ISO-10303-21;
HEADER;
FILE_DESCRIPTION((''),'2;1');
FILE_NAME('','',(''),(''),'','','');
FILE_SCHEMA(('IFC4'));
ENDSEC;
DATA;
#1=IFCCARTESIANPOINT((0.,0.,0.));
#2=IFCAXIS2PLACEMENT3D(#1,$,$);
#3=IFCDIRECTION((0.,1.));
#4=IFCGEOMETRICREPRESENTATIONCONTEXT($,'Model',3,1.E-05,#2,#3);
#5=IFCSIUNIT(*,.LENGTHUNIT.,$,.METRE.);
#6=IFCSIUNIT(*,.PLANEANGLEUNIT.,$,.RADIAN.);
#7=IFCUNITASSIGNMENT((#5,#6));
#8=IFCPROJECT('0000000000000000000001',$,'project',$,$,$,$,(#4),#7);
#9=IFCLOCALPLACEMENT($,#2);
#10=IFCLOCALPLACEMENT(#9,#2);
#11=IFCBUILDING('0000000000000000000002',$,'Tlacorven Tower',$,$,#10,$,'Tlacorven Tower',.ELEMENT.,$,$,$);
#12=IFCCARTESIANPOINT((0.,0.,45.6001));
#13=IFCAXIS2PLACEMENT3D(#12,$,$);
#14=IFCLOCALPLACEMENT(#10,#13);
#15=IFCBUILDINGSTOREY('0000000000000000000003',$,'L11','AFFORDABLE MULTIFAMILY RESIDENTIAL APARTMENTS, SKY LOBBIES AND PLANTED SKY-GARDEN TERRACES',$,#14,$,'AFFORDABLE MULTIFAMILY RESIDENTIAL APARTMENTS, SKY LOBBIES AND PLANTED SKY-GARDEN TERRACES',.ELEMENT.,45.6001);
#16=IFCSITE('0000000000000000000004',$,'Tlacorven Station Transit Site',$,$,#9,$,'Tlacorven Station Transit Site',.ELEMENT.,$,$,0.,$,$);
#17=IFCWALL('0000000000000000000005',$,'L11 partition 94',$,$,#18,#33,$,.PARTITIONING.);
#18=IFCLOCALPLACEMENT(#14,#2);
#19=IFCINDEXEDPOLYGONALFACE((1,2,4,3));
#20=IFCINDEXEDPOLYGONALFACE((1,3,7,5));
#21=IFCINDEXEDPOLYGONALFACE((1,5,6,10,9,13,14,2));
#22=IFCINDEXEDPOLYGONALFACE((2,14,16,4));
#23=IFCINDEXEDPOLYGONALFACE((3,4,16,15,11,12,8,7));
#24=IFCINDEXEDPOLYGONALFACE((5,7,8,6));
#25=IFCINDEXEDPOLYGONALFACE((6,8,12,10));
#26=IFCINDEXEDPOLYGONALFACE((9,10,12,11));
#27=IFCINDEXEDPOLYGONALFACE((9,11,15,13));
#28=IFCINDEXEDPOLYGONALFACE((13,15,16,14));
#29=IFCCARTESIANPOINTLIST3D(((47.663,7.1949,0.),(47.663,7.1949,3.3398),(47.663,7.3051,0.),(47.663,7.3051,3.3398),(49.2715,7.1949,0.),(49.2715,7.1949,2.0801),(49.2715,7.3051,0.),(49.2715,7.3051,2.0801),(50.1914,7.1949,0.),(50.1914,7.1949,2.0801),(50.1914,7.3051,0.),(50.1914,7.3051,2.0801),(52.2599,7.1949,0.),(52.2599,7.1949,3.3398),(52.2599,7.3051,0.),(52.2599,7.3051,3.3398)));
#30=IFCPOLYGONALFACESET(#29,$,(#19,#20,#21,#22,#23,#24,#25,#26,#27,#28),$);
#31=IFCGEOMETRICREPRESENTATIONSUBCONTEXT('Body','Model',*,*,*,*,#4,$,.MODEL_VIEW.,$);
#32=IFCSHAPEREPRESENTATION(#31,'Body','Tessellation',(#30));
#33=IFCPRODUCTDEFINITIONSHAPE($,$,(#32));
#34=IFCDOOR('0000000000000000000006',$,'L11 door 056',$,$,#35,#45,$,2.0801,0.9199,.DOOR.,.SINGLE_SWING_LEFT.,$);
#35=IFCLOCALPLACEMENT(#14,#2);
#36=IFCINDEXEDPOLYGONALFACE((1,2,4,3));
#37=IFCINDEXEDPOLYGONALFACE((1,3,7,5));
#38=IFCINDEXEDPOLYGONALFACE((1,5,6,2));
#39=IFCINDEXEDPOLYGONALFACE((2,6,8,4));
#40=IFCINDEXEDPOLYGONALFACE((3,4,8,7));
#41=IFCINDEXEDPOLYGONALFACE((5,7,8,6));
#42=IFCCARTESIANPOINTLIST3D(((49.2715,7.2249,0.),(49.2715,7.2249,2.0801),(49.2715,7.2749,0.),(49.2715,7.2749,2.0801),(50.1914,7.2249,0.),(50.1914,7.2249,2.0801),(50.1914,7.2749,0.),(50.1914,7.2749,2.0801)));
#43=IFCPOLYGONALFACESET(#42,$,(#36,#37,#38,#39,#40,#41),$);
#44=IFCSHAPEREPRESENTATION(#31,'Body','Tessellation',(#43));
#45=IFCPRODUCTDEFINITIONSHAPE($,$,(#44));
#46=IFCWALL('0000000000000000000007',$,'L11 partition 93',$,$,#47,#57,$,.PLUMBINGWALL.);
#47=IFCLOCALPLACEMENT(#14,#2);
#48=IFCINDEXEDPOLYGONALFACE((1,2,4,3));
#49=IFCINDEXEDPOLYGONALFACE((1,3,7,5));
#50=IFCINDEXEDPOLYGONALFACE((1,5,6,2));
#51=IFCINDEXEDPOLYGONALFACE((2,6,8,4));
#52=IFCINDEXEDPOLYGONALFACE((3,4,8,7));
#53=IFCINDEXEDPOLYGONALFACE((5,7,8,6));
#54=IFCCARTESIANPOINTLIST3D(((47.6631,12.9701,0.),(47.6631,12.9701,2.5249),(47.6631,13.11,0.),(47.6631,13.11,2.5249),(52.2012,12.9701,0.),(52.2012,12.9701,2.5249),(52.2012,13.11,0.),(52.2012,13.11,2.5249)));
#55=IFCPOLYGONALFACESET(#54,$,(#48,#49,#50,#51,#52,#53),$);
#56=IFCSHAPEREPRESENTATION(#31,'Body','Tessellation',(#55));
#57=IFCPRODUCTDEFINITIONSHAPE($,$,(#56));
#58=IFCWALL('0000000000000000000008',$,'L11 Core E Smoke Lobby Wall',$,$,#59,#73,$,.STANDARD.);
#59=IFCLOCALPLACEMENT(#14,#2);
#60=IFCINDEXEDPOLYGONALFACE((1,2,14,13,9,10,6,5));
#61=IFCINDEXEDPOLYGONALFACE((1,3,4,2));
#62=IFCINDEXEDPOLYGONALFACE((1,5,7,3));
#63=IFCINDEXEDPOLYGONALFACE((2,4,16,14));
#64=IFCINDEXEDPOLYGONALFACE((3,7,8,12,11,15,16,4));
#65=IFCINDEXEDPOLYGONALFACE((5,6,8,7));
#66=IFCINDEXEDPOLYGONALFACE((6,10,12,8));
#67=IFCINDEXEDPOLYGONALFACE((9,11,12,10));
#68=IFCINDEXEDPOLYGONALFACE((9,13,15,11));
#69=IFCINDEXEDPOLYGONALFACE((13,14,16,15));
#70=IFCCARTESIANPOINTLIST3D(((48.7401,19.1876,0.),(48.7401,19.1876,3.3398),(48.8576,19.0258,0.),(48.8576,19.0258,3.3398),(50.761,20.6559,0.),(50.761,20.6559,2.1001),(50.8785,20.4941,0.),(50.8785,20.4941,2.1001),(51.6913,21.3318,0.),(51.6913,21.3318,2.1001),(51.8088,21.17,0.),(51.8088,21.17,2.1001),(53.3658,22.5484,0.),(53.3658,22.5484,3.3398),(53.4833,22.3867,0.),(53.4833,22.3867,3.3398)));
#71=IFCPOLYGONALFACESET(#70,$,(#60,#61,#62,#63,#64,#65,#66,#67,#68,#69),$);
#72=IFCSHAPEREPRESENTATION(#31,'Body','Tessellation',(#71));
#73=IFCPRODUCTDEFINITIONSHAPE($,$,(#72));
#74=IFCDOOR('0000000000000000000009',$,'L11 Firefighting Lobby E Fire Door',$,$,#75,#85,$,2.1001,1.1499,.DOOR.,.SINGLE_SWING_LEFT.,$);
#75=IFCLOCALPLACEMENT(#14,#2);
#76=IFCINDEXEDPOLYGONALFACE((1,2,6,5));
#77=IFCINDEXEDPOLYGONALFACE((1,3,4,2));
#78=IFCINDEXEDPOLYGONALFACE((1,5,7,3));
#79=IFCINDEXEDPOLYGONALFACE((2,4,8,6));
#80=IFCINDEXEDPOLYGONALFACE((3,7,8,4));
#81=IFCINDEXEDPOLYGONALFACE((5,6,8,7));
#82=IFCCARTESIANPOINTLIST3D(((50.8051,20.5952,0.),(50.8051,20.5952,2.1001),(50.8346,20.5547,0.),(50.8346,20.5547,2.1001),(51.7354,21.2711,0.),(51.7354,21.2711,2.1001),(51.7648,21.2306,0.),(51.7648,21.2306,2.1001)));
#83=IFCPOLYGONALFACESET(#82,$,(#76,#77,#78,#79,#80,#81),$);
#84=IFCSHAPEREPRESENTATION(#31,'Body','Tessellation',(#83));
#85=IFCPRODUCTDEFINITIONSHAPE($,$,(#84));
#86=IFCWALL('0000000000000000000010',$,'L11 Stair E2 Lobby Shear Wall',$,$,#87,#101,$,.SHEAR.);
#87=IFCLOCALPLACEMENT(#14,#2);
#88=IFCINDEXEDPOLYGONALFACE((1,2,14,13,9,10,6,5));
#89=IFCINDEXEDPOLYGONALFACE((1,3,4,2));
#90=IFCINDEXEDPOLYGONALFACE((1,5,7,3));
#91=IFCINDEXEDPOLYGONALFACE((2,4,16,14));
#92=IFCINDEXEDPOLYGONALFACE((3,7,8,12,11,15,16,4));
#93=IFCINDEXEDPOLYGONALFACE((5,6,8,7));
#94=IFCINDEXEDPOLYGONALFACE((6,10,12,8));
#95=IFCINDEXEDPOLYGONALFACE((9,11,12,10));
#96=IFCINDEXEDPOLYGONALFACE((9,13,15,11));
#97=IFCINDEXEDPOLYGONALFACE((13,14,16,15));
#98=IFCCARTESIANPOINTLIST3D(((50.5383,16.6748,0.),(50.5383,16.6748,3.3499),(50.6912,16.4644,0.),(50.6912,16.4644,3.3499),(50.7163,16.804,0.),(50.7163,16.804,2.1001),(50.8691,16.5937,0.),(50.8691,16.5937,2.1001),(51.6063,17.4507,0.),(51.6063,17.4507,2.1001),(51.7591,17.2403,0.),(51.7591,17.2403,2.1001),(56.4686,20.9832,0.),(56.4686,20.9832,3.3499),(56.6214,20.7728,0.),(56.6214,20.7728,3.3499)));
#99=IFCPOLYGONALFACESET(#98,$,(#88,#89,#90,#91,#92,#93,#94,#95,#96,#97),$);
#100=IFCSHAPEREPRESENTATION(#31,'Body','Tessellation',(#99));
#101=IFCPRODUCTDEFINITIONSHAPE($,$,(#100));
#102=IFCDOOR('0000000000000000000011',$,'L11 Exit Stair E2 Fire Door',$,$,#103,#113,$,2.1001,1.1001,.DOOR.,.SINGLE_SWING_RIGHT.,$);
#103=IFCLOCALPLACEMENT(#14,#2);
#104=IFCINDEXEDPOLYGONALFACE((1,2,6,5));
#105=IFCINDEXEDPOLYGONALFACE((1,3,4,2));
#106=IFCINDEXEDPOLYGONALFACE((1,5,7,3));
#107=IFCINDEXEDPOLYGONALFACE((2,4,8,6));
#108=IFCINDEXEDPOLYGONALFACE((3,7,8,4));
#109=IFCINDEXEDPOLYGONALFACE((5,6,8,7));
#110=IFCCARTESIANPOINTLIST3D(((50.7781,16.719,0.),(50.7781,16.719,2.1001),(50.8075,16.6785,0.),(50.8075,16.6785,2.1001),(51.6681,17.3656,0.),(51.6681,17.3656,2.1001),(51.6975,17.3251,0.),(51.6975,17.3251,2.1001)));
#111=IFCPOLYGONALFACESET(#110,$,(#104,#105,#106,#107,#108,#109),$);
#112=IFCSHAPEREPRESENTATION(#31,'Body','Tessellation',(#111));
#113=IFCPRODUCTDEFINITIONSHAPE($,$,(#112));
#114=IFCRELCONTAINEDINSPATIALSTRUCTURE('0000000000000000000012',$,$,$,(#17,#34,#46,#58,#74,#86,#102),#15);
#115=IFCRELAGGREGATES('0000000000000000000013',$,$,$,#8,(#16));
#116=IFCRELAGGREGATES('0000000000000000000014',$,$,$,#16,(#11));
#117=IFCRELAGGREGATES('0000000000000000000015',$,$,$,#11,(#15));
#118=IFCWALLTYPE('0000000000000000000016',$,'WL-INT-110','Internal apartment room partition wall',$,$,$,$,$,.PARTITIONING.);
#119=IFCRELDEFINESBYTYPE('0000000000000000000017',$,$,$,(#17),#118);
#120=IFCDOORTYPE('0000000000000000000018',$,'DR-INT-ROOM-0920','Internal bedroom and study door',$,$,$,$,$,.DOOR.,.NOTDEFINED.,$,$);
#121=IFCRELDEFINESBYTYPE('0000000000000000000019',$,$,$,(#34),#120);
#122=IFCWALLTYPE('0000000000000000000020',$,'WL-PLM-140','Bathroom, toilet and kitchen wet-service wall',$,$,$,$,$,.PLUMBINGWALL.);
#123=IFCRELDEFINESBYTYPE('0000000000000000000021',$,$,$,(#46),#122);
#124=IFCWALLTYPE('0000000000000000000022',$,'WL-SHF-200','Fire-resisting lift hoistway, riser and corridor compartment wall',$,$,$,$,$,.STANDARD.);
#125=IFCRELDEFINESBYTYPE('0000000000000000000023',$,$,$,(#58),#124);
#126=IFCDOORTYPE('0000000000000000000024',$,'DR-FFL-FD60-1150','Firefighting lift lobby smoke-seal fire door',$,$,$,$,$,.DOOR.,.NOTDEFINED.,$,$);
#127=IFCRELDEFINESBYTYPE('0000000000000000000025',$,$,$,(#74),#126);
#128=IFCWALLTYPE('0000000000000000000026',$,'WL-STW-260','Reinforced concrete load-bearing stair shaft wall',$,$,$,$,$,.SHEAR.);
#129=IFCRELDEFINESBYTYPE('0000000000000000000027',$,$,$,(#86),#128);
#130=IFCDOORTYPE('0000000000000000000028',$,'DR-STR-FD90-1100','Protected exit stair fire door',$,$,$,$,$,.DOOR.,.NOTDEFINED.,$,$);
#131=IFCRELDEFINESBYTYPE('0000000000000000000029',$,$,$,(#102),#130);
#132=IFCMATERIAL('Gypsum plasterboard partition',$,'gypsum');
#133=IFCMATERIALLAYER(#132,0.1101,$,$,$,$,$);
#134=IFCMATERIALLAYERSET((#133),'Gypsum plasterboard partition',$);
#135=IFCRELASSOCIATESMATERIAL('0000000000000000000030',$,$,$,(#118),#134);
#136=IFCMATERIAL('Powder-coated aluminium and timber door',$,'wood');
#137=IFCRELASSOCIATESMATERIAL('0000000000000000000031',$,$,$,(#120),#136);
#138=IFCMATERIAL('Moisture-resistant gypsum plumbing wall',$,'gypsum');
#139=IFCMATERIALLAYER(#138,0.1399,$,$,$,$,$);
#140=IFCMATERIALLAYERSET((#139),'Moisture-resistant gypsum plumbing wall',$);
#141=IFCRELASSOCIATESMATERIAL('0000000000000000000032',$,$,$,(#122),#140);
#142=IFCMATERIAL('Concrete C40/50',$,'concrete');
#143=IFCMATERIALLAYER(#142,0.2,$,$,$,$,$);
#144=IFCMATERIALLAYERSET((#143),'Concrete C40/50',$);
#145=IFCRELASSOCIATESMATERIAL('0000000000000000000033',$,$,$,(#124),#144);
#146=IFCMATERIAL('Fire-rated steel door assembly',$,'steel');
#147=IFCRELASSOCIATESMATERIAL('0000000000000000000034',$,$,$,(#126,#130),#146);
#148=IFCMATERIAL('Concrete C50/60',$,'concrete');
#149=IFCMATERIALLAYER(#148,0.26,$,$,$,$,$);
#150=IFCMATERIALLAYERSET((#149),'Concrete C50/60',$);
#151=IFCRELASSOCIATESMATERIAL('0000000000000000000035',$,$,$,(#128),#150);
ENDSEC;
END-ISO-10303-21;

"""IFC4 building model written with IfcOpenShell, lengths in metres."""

from ifc_helpers import new_model, si_unit, direction, frame, frame_2d, origin, place, context, subcontext, project, spatial, rectangle, extrude, source, transform, mapped, material, layer, layer_set, type_object, element, fill, save


model = new_model("IFC4")

# Units and contexts
model_context = context("Model", 3, precision=1e-05, world=origin(), true_north=direction((0.0, 1.0)))
body_context = subcontext(model_context, "Body", "Model", "MODEL_VIEW")
ifc_project = project(units=[si_unit("LENGTHUNIT", "METRE"), si_unit("PLANEANGLEUNIT", "RADIAN")], contexts=[model_context])

# Site, building, storey
site_placement = place(None, origin())
site = spatial("IfcSite", under=ifc_project, at=site_placement, Name="Tlacorven Station Transit Site", LongName="Tlacorven Station Transit Site", CompositionType="ELEMENT", RefElevation=0.0)
building_placement = place(site_placement, origin())
building = spatial("IfcBuilding", under=site, at=building_placement, Name="Tlacorven Tower", LongName="Tlacorven Tower", CompositionType="ELEMENT")
storey_placement = place(building_placement, frame((0.0, 0.0, 45.6001)))
storey = spatial("IfcBuildingStorey", under=building, at=storey_placement, Name="L11", Description="AFFORDABLE MULTIFAMILY RESIDENTIAL APARTMENTS, SKY LOBBIES AND PLANTED SKY-GARDEN TERRACES", LongName="AFFORDABLE MULTIFAMILY RESIDENTIAL APARTMENTS, SKY LOBBIES AND PLANTED SKY-GARDEN TERRACES", CompositionType="ELEMENT", Elevation=45.6001)

# Shared definitions
ifc_material_1 = material(Name="Gypsum plasterboard partition", Category="gypsum")
ifc_layer_1 = layer(ifc_material_1, 0.1101)
ifc_layer_set_1 = layer_set([ifc_layer_1], Name="Gypsum plasterboard partition")
wall_type_1 = type_object("IfcWallType", Name="WL-INT-110", Description="Internal apartment room partition wall", PredefinedType="PARTITIONING", material=ifc_layer_set_1)
ifc_material_2 = material(Name="Powder-coated aluminium and timber door", Category="wood")
door_type_1 = type_object("IfcDoorType", Name="DR-INT-ROOM-0920", Description="Internal bedroom and study door", OperationType="NOTDEFINED", PredefinedType="DOOR", material=ifc_material_2)
shared_shape_1 = source(origin(), body_context, "Body", "SweptSolid", [
    extrude(rectangle(XDim=0.9199, YDim=2.0801, at=frame_2d((0.46, 1.04))), frame((0.0, 0.0249, 0.0), z_axis=(0.0, -1.0, 0.0), x_axis=(1.0, 0.0, 0.0)), (0.0, 0.0, 1.0), 0.05),
])

# Wall, opening, door
wall_1_placement = place(storey_placement, frame((47.6631, 7.25, 0.0), z_axis=(0.0, 0.0, 1.0), x_axis=(1.0, 0.0, 0.0)))
wall_1 = element("IfcWall", 1, at=wall_1_placement, inside=storey, type_object=wall_type_1, Name="L11 partition 94", PredefinedType="PARTITIONING", context=body_context, shape_type="SweptSolid", body=[
    extrude(rectangle(XDim=4.5969, YDim=0.1101, at=frame_2d((2.2983, 0.0))), origin(), (0.0, 0.0, 1.0), 3.3398),
])
opening_1_placement = place(wall_1_placement, frame((1.6084, 0.0, 0.0)))
opening_1 = element("IfcOpeningElement", 2, at=opening_1_placement, cuts=wall_1, PredefinedType="OPENING", context=body_context, shape_type="SweptSolid", body=[
    extrude(rectangle(XDim=0.9199, YDim=2.0801, at=frame_2d((0.46, 1.04))), frame((0.0, 0.0649, 0.0), z_axis=(0.0, -1.0, 0.0), x_axis=(1.0, 0.0, 0.0)), (0.0, 0.0, 1.0), 0.1301),
])
door_1_placement = place(opening_1_placement, origin())
door_1 = element("IfcDoor", 3, at=door_1_placement, inside=storey, type_object=door_type_1, Name="L11 door 056", OperationType="SINGLE_SWING_LEFT", OverallHeight=2.0801, OverallWidth=0.9199, PredefinedType="DOOR", context=body_context, shape_type="MappedRepresentation", body=[
    mapped(shared_shape_1, transform((0.0, 0.0, 0.0), scale=1.0)),
])
fill(opening_1, door_1)

# Wall
ifc_material_3 = material(Name="Moisture-resistant gypsum plumbing wall", Category="gypsum")
ifc_layer_2 = layer(ifc_material_3, 0.1399)
ifc_layer_set_2 = layer_set([ifc_layer_2], Name="Moisture-resistant gypsum plumbing wall")
wall_type_2 = type_object("IfcWallType", Name="WL-PLM-140", Description="Bathroom, toilet and kitchen wet-service wall", PredefinedType="PLUMBINGWALL", material=ifc_layer_set_2)
wall_2_placement = place(storey_placement, frame((47.6631, 13.04, 0.0), z_axis=(0.0, 0.0, 1.0), x_axis=(1.0, 0.0, 0.0)))
element("IfcWall", 4, at=wall_2_placement, inside=storey, type_object=wall_type_2, Name="L11 partition 93", PredefinedType="PLUMBINGWALL", context=body_context, shape_type="SweptSolid", body=[
    extrude(rectangle(XDim=4.5381, YDim=0.1399, at=frame_2d((2.269, 0.0))), origin(), (0.0, 0.0, 1.0), 2.5249),
])

# Walls, openings, doors
ifc_material_4 = material(Name="Concrete C40/50", Category="concrete")
ifc_layer_3 = layer(ifc_material_4, 0.2)
ifc_layer_set_3 = layer_set([ifc_layer_3], Name="Concrete C40/50")
wall_type_3 = type_object("IfcWallType", Name="WL-SHF-200", Description="Fire-resisting lift hoistway, riser and corridor compartment wall", PredefinedType="STANDARD", material=ifc_layer_set_3)
wall_3_placement = place(storey_placement, frame((48.7988, 19.1067, 0.0), z_axis=(0.0, 0.0, 1.0), x_axis=(0.809013, 0.587791, 0.0)))
wall_3 = element("IfcWall", 5, at=wall_3_placement, inside=storey, type_object=wall_type_3, Name="L11 Core E Smoke Lobby Wall", PredefinedType="STANDARD", context=body_context, shape_type="SweptSolid", body=[
    extrude(rectangle(XDim=5.7178, YDim=0.2, at=frame_2d((2.8589, 0.0))), origin(), (0.0, 0.0, 1.0), 3.3398),
])
opening_2_placement = place(wall_3_placement, frame((2.498, 0.0, 0.0)))
opening_2 = element("IfcOpeningElement", 6, at=opening_2_placement, cuts=wall_3, PredefinedType="OPENING", context=body_context, shape_type="SweptSolid", body=[
    extrude(rectangle(XDim=1.1499, YDim=2.1001, at=frame_2d((0.575, 1.05))), frame((0.0, 0.1099, 0.0), z_axis=(0.0, -1.0, 0.0), x_axis=(1.0, 0.0, 0.0)), (0.0, 0.0, 1.0), 0.22),
])
ifc_material_5 = material(Name="Fire-rated steel door assembly", Category="steel")
door_type_2 = type_object("IfcDoorType", Name="DR-FFL-FD60-1150", Description="Firefighting lift lobby smoke-seal fire door", OperationType="NOTDEFINED", PredefinedType="DOOR", material=ifc_material_5)
shared_shape_2 = source(origin(), body_context, "Body", "SweptSolid", [
    extrude(rectangle(XDim=1.1499, YDim=2.1001, at=frame_2d((0.575, 1.05))), frame((0.0, 0.0249, 0.0), z_axis=(0.0, -1.0, 0.0), x_axis=(1.0, 0.0, 0.0)), (0.0, 0.0, 1.0), 0.05),
])
door_2_placement = place(opening_2_placement, origin())
door_2 = element("IfcDoor", 7, at=door_2_placement, inside=storey, type_object=door_type_2, Name="L11 Firefighting Lobby E Fire Door", OperationType="SINGLE_SWING_LEFT", OverallHeight=2.1001, OverallWidth=1.1499, PredefinedType="DOOR", context=body_context, shape_type="MappedRepresentation", body=[
    mapped(shared_shape_2, transform((0.0, 0.0, 0.0), scale=1.0)),
])
fill(opening_2, door_2)
ifc_material_6 = material(Name="Concrete C50/60", Category="concrete")
ifc_layer_4 = layer(ifc_material_6, 0.26)
ifc_layer_set_4 = layer_set([ifc_layer_4], Name="Concrete C50/60")
wall_type_4 = type_object("IfcWallType", Name="WL-STW-260", Description="Reinforced concrete load-bearing stair shaft wall", PredefinedType="SHEAR", material=ifc_layer_set_4)
wall_4_placement = place(storey_placement, frame((50.6147, 16.5696, 0.0), z_axis=(0.0, 0.0, 1.0), x_axis=(0.809028, 0.58777, 0.0)))
wall_4 = element("IfcWall", 8, at=wall_4_placement, inside=storey, type_object=wall_type_4, Name="L11 Stair E2 Lobby Shear Wall", PredefinedType="SHEAR", context=body_context, shape_type="SweptSolid", body=[
    extrude(rectangle(XDim=7.3301, YDim=0.26, at=frame_2d((3.665, 0.0))), origin(), (0.0, 0.0, 1.0), 3.3499),
])
opening_3_placement = place(wall_4_placement, frame((0.22, 0.0, 0.0)))
opening_3 = element("IfcOpeningElement", 9, at=opening_3_placement, cuts=wall_4, PredefinedType="OPENING", context=body_context, shape_type="SweptSolid", body=[
    extrude(rectangle(XDim=1.1001, YDim=2.1001, at=frame_2d((0.55, 1.05))), frame((0.0, 0.1401, 0.0), z_axis=(0.0, -1.0, 0.0), x_axis=(1.0, 0.0, 0.0)), (0.0, 0.0, 1.0), 0.28),
])
door_type_3 = type_object("IfcDoorType", Name="DR-STR-FD90-1100", Description="Protected exit stair fire door", OperationType="NOTDEFINED", PredefinedType="DOOR", material=ifc_material_5)
shared_shape_3 = source(origin(), body_context, "Body", "SweptSolid", [
    extrude(rectangle(XDim=1.1001, YDim=2.1001, at=frame_2d((0.55, 1.05))), frame((0.0, 0.0249, 0.0), z_axis=(0.0, -1.0, 0.0), x_axis=(1.0, 0.0, 0.0)), (0.0, 0.0, 1.0), 0.05),
])
door_3_placement = place(opening_3_placement, origin())
door_3 = element("IfcDoor", 10, at=door_3_placement, inside=storey, type_object=door_type_3, Name="L11 Exit Stair E2 Fire Door", OperationType="SINGLE_SWING_RIGHT", OverallHeight=2.1001, OverallWidth=1.1001, PredefinedType="DOOR", context=body_context, shape_type="MappedRepresentation", body=[
    mapped(shared_shape_3, transform((0.0, 0.0, 0.0), scale=1.0)),
])
fill(opening_3, door_3)

save(model, "model.ifc")
